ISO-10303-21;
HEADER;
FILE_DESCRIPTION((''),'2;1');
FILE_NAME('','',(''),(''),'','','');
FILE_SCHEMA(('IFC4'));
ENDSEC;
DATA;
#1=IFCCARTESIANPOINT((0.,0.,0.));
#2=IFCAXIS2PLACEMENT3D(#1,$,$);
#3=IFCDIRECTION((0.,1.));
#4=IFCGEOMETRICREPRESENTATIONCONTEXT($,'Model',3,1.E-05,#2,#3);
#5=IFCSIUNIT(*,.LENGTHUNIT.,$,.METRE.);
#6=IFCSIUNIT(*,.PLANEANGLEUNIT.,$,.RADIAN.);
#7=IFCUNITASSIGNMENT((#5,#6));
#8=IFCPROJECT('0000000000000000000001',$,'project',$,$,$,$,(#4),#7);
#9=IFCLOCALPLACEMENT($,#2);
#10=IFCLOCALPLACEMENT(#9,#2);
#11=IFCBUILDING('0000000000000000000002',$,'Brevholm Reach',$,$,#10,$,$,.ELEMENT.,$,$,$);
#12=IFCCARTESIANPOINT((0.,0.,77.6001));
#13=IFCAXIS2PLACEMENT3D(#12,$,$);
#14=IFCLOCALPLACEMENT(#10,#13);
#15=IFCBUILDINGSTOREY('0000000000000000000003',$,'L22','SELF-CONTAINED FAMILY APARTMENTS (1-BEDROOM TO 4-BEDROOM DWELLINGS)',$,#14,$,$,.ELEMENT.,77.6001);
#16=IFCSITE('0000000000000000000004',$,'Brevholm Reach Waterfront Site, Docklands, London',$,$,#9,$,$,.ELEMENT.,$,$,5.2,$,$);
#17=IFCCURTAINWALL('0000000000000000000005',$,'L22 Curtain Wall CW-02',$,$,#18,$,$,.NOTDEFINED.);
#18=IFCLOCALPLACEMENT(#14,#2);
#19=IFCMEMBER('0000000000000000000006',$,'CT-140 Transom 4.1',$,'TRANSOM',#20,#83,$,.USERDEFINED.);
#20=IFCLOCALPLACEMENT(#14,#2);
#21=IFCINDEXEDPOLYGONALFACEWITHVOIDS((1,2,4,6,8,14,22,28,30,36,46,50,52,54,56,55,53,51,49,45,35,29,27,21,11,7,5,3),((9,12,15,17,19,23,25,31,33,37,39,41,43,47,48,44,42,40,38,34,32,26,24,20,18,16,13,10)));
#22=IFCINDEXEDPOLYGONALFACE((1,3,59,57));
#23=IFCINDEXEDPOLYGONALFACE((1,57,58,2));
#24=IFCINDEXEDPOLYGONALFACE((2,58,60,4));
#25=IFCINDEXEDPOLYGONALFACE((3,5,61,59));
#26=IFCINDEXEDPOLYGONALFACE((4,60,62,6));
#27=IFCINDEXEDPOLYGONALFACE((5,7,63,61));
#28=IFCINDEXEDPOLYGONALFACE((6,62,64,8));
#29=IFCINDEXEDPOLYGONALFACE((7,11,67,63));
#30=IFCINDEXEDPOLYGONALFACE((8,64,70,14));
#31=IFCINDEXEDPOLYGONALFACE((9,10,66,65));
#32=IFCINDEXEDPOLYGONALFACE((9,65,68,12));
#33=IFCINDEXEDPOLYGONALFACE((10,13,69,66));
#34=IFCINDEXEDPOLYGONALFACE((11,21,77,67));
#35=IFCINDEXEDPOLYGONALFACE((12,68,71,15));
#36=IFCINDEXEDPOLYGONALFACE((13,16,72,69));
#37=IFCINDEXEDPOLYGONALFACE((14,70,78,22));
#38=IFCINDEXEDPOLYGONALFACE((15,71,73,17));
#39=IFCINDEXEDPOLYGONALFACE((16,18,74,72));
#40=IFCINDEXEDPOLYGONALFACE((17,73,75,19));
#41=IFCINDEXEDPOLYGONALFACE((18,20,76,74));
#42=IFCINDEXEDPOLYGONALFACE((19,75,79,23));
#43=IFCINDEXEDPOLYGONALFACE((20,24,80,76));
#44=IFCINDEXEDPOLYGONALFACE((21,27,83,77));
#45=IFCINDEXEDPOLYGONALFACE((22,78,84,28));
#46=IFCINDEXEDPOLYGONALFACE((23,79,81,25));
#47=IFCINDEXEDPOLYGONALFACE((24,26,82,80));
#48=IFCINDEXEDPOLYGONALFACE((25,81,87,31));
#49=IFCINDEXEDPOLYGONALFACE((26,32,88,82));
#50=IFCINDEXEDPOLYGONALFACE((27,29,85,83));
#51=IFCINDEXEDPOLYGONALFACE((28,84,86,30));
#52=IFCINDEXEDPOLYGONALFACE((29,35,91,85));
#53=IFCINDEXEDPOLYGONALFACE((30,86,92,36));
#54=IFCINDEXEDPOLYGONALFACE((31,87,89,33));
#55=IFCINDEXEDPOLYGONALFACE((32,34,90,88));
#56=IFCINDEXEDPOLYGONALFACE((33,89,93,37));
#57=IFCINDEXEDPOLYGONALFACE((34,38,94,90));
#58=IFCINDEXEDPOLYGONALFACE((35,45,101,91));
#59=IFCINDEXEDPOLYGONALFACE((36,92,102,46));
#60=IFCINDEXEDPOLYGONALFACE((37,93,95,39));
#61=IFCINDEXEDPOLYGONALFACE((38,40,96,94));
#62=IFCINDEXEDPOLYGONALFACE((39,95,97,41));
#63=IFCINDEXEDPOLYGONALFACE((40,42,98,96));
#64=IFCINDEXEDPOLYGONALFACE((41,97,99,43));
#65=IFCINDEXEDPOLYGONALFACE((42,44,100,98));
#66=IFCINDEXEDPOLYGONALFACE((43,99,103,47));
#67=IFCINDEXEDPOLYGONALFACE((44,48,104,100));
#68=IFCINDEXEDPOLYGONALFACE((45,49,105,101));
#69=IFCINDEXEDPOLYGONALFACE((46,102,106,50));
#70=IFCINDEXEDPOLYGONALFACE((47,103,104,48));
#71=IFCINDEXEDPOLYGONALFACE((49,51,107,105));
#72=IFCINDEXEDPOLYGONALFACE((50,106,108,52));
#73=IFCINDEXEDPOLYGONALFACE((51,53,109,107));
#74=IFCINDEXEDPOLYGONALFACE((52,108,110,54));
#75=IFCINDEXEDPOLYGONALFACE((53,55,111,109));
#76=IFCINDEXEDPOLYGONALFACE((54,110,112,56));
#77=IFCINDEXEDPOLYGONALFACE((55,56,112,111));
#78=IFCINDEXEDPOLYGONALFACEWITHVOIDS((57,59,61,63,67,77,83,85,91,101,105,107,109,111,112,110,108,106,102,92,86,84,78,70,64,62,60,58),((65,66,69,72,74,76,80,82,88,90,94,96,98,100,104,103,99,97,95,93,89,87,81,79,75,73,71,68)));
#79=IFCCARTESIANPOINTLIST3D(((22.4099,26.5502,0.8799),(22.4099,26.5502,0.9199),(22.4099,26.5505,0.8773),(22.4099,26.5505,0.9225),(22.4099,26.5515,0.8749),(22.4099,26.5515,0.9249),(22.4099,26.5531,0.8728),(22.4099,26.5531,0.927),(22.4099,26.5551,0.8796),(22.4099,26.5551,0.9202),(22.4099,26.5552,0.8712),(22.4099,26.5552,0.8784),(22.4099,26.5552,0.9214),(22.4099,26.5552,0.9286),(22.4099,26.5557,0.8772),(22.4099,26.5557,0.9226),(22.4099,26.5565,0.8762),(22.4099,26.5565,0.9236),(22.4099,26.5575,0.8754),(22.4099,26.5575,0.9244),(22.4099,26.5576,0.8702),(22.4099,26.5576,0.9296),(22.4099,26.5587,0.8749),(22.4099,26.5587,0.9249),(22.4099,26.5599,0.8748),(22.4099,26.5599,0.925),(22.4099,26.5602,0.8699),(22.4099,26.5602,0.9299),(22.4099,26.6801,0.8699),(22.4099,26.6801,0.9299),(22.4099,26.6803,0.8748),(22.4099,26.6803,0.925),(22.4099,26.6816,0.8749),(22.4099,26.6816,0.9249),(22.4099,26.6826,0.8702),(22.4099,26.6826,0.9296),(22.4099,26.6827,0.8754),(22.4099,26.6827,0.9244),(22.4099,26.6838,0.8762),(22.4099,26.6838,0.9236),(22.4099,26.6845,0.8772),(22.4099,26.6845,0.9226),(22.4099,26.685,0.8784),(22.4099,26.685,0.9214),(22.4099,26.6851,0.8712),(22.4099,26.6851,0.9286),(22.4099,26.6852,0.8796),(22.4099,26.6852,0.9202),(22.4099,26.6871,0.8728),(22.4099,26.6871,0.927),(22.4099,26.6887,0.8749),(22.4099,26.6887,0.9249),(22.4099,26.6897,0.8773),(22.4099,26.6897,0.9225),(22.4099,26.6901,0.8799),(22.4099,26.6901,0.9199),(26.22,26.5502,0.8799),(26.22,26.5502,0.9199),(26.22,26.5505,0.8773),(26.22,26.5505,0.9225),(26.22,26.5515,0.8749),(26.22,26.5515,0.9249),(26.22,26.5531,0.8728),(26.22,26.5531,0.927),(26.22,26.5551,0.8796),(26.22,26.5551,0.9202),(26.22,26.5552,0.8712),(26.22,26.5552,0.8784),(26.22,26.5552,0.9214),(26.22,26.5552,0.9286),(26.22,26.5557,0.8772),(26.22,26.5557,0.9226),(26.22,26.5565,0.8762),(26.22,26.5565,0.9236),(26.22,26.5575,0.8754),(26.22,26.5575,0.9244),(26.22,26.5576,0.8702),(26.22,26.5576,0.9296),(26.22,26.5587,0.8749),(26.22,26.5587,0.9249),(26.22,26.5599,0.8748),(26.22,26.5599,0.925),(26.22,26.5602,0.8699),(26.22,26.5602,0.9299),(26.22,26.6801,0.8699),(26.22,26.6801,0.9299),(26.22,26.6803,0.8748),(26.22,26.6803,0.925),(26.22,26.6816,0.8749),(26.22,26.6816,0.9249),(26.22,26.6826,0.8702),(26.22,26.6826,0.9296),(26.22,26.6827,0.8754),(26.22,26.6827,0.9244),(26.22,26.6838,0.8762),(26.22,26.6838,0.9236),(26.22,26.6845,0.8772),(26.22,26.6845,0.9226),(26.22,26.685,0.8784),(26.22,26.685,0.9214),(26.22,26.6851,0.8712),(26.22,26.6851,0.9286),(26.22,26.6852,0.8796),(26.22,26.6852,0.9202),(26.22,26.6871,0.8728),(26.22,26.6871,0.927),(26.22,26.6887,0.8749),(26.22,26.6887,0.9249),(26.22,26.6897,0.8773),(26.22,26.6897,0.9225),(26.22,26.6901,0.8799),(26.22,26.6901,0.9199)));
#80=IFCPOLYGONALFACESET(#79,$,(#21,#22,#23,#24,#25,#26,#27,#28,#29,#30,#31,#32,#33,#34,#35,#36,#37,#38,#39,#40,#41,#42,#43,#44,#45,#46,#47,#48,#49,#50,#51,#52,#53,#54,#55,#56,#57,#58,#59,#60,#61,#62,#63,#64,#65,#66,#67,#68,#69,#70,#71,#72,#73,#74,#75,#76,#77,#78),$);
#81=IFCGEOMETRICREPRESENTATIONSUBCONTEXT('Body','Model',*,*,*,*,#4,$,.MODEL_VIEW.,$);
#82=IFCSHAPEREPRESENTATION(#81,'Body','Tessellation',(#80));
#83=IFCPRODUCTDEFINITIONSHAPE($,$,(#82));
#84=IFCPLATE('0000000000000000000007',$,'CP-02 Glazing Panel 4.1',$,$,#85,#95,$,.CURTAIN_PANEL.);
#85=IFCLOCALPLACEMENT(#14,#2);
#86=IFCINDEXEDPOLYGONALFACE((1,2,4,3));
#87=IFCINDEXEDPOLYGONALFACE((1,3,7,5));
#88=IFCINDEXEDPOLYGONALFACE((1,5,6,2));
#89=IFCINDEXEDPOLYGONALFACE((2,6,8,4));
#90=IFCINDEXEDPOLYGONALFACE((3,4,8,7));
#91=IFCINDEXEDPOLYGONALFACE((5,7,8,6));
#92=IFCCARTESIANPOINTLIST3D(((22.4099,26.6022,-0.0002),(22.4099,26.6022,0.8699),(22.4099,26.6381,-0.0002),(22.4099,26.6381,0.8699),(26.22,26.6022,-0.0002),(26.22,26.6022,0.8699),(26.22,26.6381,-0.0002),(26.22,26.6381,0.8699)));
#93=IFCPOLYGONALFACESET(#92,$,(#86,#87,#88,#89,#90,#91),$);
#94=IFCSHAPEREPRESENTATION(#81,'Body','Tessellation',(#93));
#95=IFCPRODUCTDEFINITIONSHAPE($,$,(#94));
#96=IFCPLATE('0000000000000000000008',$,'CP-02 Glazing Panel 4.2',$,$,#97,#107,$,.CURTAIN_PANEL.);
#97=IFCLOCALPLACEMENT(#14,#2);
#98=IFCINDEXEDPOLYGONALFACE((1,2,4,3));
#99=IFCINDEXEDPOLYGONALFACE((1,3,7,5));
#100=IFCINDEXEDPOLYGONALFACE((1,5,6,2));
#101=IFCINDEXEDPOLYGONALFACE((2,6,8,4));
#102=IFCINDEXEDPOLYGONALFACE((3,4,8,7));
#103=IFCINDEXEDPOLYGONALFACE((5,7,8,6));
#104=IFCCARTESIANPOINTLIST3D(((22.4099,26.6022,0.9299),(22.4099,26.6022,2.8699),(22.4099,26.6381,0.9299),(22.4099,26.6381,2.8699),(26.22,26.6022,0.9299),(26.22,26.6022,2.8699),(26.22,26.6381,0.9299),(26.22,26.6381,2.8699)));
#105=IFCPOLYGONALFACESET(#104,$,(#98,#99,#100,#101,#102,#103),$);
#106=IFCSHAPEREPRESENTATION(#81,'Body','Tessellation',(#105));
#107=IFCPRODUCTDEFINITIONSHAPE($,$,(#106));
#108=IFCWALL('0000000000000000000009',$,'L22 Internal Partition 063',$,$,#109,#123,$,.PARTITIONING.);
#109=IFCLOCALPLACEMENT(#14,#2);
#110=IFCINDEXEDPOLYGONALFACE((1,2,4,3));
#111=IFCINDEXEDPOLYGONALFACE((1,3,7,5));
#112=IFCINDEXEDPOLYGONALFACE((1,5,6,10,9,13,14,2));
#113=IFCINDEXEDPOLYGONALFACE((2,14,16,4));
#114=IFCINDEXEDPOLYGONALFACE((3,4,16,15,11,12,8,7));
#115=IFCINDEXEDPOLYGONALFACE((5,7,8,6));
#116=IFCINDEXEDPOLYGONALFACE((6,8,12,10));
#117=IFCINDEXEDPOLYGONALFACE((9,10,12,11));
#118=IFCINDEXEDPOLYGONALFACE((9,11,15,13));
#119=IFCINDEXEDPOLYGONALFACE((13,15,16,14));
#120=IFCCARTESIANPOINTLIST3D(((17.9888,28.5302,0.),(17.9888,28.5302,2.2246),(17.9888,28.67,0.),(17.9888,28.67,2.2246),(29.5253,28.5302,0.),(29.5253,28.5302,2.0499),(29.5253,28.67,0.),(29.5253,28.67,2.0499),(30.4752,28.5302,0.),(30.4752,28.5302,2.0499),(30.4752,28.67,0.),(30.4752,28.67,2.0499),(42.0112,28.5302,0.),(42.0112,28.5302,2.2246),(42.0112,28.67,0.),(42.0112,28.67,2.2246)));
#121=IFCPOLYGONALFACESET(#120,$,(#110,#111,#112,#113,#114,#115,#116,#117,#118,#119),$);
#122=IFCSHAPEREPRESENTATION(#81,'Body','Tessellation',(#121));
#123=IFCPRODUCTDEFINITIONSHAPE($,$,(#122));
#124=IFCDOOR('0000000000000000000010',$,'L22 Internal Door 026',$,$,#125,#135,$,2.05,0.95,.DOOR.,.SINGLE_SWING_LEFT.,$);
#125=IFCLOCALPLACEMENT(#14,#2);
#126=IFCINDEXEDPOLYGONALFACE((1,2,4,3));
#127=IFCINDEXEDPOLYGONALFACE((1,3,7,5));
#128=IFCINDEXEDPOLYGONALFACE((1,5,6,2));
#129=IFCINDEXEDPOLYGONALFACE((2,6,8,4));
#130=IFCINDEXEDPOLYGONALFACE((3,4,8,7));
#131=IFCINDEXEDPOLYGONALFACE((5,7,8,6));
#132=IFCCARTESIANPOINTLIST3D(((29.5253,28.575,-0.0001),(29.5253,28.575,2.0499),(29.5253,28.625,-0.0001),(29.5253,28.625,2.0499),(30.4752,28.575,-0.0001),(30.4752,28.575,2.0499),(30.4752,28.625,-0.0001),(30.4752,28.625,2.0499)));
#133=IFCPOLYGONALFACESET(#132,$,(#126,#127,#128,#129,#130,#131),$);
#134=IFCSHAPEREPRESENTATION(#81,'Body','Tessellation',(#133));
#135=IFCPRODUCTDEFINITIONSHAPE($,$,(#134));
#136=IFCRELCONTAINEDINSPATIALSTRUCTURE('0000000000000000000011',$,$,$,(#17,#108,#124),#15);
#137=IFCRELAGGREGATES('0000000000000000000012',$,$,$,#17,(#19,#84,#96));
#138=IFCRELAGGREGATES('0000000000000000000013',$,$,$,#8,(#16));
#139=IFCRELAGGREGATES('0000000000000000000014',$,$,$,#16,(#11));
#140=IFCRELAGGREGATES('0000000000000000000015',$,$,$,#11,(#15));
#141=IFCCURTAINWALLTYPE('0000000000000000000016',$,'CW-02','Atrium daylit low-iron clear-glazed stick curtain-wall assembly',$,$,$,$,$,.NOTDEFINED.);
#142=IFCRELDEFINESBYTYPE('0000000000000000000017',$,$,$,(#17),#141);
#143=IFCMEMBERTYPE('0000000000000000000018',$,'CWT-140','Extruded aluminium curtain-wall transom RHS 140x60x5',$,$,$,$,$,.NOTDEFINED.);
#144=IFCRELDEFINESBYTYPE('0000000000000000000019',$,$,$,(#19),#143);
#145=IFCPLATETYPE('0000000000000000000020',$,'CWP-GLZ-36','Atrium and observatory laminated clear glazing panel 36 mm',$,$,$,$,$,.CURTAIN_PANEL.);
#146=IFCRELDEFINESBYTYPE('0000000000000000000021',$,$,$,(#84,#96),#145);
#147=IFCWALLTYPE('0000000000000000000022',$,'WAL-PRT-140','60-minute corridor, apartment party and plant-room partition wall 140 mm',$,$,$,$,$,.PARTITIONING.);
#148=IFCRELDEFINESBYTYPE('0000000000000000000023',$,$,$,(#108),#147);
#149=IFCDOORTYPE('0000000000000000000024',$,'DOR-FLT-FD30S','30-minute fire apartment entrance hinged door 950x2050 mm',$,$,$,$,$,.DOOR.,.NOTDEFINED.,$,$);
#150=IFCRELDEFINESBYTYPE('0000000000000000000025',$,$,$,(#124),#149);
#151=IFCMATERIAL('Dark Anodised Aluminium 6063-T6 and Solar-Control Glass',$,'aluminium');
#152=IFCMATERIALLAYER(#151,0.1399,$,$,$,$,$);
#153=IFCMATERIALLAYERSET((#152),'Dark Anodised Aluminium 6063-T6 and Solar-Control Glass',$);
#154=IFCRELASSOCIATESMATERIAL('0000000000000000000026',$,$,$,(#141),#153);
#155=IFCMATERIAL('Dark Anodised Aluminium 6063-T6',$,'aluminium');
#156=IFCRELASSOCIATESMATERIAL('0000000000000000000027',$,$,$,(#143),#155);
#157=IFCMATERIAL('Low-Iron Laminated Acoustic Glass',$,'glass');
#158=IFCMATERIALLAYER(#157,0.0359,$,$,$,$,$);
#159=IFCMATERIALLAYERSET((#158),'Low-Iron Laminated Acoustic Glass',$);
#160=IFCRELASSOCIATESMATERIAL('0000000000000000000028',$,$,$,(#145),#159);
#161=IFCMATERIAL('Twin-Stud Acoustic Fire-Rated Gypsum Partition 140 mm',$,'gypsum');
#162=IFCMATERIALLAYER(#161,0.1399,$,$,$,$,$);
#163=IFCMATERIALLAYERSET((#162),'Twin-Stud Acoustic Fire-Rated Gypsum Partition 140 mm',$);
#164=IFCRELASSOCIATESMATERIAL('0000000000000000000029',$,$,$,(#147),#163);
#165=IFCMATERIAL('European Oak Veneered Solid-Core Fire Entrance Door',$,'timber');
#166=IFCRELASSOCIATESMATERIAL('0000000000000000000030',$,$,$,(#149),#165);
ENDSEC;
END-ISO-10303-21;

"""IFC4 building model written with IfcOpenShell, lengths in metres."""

from ifc_helpers import new_model, si_unit, direction, frame, frame_2d, origin, origin_2d, place, context, subcontext, project, spatial, rectangle, hollow_rectangle, extrude, material, layer, layer_set, material_profile, profile_set, type_object, element, fill, aggregate, save


model = new_model("IFC4")

# Units and contexts
model_context = context("Model", 3, precision=1e-05, world=origin(), true_north=direction((0.0, 1.0)))
body_context = subcontext(model_context, "Body", "Model", "MODEL_VIEW")
ifc_project = project(units=[si_unit("LENGTHUNIT", "METRE"), si_unit("PLANEANGLEUNIT", "RADIAN")], contexts=[model_context])

# Site, building, storey
site_placement = place(None, origin())
site = spatial("IfcSite", under=ifc_project, at=site_placement, Name="Brevholm Reach Waterfront Site, Docklands, London", CompositionType="ELEMENT", RefElevation=5.2)
building_placement = place(site_placement, origin())
building = spatial("IfcBuilding", under=site, at=building_placement, Name="Brevholm Reach", CompositionType="ELEMENT")
storey_placement = place(building_placement, frame((0.0, 0.0, 77.6001)))
storey = spatial("IfcBuildingStorey", under=building, at=storey_placement, Name="L22", Description="SELF-CONTAINED FAMILY APARTMENTS (1-BEDROOM TO 4-BEDROOM DWELLINGS)", CompositionType="ELEMENT", Elevation=77.6001)

# Curtain wall
ifc_material_1 = material(Name="Dark Anodised Aluminium 6063-T6 and Solar-Control Glass", Category="aluminium")
ifc_layer_1 = layer(ifc_material_1, 0.1399)
ifc_layer_set_1 = layer_set([ifc_layer_1], Name="Dark Anodised Aluminium 6063-T6 and Solar-Control Glass")
curtain_wall_type_1 = type_object("IfcCurtainWallType", Name="CW-02", Description="Atrium daylit low-iron clear-glazed stick curtain-wall assembly", PredefinedType="NOTDEFINED", material=ifc_layer_set_1)
curtain_wall_1_placement = place(storey_placement, origin())
curtain_wall_1 = element("IfcCurtainWall", 1, at=curtain_wall_1_placement, inside=storey, type_object=curtain_wall_type_1, Name="L22 Curtain Wall CW-02", PredefinedType="NOTDEFINED")

# Member
ifc_material_2 = material(Name="Dark Anodised Aluminium 6063-T6", Category="aluminium")
ifc_material_profile_1 = material_profile(ifc_material_2, hollow_rectangle(XDim=0.0601, YDim=0.1399, WallThickness=0.0049, InnerFilletRadius=0.0049, OuterFilletRadius=0.01, at=origin_2d()), Name="RHS 140x60x5")
ifc_profile_set_1 = profile_set([ifc_material_profile_1], Name="Dark Anodised Aluminium 6063-T6")
member_type_1 = type_object("IfcMemberType", Name="CWT-140", Description="Extruded aluminium curtain-wall transom RHS 140x60x5", PredefinedType="NOTDEFINED", material=ifc_profile_set_1)
member_1_placement = place(storey_placement, frame((26.22, 26.6201, 0.8999), z_axis=(-1.0, 0.0, 0.0), x_axis=(0.0, 0.0, 1.0)))
member_1 = element("IfcMember", 2, at=member_1_placement, type_object=member_type_1, Name="CT-140 Transom 4.1", ObjectType="TRANSOM", PredefinedType="USERDEFINED", context=body_context, shape_type="SweptSolid", body=[
    extrude(hollow_rectangle(XDim=0.0601, YDim=0.1399, WallThickness=0.0049, InnerFilletRadius=0.0049, OuterFilletRadius=0.01, at=origin_2d()), origin(), (0.0, 0.0, 1.0), 3.8101),
])

# Plates
ifc_material_3 = material(Name="Low-Iron Laminated Acoustic Glass", Category="glass")
ifc_layer_2 = layer(ifc_material_3, 0.0359)
ifc_layer_set_2 = layer_set([ifc_layer_2], Name="Low-Iron Laminated Acoustic Glass")
plate_type = type_object("IfcPlateType", Name="CWP-GLZ-36", Description="Atrium and observatory laminated clear glazing panel 36 mm", PredefinedType="CURTAIN_PANEL", material=ifc_layer_set_2)
plate_1_placement = place(storey_placement, frame((24.3149, 26.6201, -0.0002), z_axis=(0.0, 0.0, 1.0), x_axis=(-1.0, 0.0, 0.0)))
plate_1 = element("IfcPlate", 3, at=plate_1_placement, type_object=plate_type, Name="CP-02 Glazing Panel 4.1", PredefinedType="CURTAIN_PANEL", context=body_context, shape_type="SweptSolid", body=[
    extrude(rectangle(XDim=3.8101, YDim=0.0359, at=origin_2d()), origin(), (0.0, 0.0, 1.0), 0.8701),
])
plate_2_placement = place(storey_placement, frame((24.3149, 26.6201, 0.9299), z_axis=(0.0, 0.0, 1.0), x_axis=(-1.0, 0.0, 0.0)))
plate_2 = element("IfcPlate", 4, at=plate_2_placement, type_object=plate_type, Name="CP-02 Glazing Panel 4.2", PredefinedType="CURTAIN_PANEL", context=body_context, shape_type="SweptSolid", body=[
    extrude(rectangle(XDim=3.8101, YDim=0.0359, at=origin_2d()), origin(), (0.0, 0.0, 1.0), 1.9399),
])
aggregate(curtain_wall_1, [member_1, plate_1, plate_2])

# Wall, opening, door
ifc_material_4 = material(Name="Twin-Stud Acoustic Fire-Rated Gypsum Partition 140 mm", Category="gypsum")
ifc_layer_3 = layer(ifc_material_4, 0.1399)
ifc_layer_set_3 = layer_set([ifc_layer_3], Name="Twin-Stud Acoustic Fire-Rated Gypsum Partition 140 mm")
wall_type = type_object("IfcWallType", Name="WAL-PRT-140", Description="60-minute corridor, apartment party and plant-room partition wall 140 mm", PredefinedType="PARTITIONING", material=ifc_layer_set_3)
wall_placement = place(storey_placement, frame((17.9888, 28.6001, 0.0), z_axis=(0.0, 0.0, 1.0), x_axis=(1.0, 0.0, 0.0)))
wall = element("IfcWall", 5, at=wall_placement, inside=storey, type_object=wall_type, Name="L22 Internal Partition 063", PredefinedType="PARTITIONING", context=body_context, shape_type="SweptSolid", body=[
    extrude(rectangle(XDim=24.0225, YDim=0.1399, at=frame_2d((12.0112, 0.0))), origin(), (0.0, 0.0, 1.0), 2.2246),
])
opening_placement = place(wall_placement, frame((11.5364, 0.0, 0.0)))
opening = element("IfcOpeningElement", 6, at=opening_placement, cuts=wall, PredefinedType="OPENING", context=body_context, shape_type="SweptSolid", body=[
    extrude(rectangle(XDim=0.95, YDim=2.05, at=frame_2d((0.4751, 1.0249))), frame((0.0, 0.0798, 0.0), z_axis=(0.0, -1.0, 0.0), x_axis=(1.0, 0.0, 0.0)), (0.0, 0.0, 1.0), 0.1599),
])
ifc_material_5 = material(Name="European Oak Veneered Solid-Core Fire Entrance Door", Category="timber")
door_type = type_object("IfcDoorType", Name="DOR-FLT-FD30S", Description="30-minute fire apartment entrance hinged door 950x2050 mm", OperationType="NOTDEFINED", PredefinedType="DOOR", material=ifc_material_5)
door_placement = place(opening_placement, origin())
door = element("IfcDoor", 7, at=door_placement, inside=storey, type_object=door_type, Name="L22 Internal Door 026", OperationType="SINGLE_SWING_LEFT", OverallHeight=2.05, OverallWidth=0.95, PredefinedType="DOOR", context=body_context, shape_type="SweptSolid", body=[
    extrude(rectangle(XDim=0.95, YDim=2.05, at=frame_2d((0.4751, 1.0249))), frame((0.0, 0.0249, 0.0), z_axis=(0.0, -1.0, 0.0), x_axis=(1.0, 0.0, 0.0)), (0.0, 0.0, 1.0), 0.05),
])
fill(opening, door)

save(model, "model.ifc")
